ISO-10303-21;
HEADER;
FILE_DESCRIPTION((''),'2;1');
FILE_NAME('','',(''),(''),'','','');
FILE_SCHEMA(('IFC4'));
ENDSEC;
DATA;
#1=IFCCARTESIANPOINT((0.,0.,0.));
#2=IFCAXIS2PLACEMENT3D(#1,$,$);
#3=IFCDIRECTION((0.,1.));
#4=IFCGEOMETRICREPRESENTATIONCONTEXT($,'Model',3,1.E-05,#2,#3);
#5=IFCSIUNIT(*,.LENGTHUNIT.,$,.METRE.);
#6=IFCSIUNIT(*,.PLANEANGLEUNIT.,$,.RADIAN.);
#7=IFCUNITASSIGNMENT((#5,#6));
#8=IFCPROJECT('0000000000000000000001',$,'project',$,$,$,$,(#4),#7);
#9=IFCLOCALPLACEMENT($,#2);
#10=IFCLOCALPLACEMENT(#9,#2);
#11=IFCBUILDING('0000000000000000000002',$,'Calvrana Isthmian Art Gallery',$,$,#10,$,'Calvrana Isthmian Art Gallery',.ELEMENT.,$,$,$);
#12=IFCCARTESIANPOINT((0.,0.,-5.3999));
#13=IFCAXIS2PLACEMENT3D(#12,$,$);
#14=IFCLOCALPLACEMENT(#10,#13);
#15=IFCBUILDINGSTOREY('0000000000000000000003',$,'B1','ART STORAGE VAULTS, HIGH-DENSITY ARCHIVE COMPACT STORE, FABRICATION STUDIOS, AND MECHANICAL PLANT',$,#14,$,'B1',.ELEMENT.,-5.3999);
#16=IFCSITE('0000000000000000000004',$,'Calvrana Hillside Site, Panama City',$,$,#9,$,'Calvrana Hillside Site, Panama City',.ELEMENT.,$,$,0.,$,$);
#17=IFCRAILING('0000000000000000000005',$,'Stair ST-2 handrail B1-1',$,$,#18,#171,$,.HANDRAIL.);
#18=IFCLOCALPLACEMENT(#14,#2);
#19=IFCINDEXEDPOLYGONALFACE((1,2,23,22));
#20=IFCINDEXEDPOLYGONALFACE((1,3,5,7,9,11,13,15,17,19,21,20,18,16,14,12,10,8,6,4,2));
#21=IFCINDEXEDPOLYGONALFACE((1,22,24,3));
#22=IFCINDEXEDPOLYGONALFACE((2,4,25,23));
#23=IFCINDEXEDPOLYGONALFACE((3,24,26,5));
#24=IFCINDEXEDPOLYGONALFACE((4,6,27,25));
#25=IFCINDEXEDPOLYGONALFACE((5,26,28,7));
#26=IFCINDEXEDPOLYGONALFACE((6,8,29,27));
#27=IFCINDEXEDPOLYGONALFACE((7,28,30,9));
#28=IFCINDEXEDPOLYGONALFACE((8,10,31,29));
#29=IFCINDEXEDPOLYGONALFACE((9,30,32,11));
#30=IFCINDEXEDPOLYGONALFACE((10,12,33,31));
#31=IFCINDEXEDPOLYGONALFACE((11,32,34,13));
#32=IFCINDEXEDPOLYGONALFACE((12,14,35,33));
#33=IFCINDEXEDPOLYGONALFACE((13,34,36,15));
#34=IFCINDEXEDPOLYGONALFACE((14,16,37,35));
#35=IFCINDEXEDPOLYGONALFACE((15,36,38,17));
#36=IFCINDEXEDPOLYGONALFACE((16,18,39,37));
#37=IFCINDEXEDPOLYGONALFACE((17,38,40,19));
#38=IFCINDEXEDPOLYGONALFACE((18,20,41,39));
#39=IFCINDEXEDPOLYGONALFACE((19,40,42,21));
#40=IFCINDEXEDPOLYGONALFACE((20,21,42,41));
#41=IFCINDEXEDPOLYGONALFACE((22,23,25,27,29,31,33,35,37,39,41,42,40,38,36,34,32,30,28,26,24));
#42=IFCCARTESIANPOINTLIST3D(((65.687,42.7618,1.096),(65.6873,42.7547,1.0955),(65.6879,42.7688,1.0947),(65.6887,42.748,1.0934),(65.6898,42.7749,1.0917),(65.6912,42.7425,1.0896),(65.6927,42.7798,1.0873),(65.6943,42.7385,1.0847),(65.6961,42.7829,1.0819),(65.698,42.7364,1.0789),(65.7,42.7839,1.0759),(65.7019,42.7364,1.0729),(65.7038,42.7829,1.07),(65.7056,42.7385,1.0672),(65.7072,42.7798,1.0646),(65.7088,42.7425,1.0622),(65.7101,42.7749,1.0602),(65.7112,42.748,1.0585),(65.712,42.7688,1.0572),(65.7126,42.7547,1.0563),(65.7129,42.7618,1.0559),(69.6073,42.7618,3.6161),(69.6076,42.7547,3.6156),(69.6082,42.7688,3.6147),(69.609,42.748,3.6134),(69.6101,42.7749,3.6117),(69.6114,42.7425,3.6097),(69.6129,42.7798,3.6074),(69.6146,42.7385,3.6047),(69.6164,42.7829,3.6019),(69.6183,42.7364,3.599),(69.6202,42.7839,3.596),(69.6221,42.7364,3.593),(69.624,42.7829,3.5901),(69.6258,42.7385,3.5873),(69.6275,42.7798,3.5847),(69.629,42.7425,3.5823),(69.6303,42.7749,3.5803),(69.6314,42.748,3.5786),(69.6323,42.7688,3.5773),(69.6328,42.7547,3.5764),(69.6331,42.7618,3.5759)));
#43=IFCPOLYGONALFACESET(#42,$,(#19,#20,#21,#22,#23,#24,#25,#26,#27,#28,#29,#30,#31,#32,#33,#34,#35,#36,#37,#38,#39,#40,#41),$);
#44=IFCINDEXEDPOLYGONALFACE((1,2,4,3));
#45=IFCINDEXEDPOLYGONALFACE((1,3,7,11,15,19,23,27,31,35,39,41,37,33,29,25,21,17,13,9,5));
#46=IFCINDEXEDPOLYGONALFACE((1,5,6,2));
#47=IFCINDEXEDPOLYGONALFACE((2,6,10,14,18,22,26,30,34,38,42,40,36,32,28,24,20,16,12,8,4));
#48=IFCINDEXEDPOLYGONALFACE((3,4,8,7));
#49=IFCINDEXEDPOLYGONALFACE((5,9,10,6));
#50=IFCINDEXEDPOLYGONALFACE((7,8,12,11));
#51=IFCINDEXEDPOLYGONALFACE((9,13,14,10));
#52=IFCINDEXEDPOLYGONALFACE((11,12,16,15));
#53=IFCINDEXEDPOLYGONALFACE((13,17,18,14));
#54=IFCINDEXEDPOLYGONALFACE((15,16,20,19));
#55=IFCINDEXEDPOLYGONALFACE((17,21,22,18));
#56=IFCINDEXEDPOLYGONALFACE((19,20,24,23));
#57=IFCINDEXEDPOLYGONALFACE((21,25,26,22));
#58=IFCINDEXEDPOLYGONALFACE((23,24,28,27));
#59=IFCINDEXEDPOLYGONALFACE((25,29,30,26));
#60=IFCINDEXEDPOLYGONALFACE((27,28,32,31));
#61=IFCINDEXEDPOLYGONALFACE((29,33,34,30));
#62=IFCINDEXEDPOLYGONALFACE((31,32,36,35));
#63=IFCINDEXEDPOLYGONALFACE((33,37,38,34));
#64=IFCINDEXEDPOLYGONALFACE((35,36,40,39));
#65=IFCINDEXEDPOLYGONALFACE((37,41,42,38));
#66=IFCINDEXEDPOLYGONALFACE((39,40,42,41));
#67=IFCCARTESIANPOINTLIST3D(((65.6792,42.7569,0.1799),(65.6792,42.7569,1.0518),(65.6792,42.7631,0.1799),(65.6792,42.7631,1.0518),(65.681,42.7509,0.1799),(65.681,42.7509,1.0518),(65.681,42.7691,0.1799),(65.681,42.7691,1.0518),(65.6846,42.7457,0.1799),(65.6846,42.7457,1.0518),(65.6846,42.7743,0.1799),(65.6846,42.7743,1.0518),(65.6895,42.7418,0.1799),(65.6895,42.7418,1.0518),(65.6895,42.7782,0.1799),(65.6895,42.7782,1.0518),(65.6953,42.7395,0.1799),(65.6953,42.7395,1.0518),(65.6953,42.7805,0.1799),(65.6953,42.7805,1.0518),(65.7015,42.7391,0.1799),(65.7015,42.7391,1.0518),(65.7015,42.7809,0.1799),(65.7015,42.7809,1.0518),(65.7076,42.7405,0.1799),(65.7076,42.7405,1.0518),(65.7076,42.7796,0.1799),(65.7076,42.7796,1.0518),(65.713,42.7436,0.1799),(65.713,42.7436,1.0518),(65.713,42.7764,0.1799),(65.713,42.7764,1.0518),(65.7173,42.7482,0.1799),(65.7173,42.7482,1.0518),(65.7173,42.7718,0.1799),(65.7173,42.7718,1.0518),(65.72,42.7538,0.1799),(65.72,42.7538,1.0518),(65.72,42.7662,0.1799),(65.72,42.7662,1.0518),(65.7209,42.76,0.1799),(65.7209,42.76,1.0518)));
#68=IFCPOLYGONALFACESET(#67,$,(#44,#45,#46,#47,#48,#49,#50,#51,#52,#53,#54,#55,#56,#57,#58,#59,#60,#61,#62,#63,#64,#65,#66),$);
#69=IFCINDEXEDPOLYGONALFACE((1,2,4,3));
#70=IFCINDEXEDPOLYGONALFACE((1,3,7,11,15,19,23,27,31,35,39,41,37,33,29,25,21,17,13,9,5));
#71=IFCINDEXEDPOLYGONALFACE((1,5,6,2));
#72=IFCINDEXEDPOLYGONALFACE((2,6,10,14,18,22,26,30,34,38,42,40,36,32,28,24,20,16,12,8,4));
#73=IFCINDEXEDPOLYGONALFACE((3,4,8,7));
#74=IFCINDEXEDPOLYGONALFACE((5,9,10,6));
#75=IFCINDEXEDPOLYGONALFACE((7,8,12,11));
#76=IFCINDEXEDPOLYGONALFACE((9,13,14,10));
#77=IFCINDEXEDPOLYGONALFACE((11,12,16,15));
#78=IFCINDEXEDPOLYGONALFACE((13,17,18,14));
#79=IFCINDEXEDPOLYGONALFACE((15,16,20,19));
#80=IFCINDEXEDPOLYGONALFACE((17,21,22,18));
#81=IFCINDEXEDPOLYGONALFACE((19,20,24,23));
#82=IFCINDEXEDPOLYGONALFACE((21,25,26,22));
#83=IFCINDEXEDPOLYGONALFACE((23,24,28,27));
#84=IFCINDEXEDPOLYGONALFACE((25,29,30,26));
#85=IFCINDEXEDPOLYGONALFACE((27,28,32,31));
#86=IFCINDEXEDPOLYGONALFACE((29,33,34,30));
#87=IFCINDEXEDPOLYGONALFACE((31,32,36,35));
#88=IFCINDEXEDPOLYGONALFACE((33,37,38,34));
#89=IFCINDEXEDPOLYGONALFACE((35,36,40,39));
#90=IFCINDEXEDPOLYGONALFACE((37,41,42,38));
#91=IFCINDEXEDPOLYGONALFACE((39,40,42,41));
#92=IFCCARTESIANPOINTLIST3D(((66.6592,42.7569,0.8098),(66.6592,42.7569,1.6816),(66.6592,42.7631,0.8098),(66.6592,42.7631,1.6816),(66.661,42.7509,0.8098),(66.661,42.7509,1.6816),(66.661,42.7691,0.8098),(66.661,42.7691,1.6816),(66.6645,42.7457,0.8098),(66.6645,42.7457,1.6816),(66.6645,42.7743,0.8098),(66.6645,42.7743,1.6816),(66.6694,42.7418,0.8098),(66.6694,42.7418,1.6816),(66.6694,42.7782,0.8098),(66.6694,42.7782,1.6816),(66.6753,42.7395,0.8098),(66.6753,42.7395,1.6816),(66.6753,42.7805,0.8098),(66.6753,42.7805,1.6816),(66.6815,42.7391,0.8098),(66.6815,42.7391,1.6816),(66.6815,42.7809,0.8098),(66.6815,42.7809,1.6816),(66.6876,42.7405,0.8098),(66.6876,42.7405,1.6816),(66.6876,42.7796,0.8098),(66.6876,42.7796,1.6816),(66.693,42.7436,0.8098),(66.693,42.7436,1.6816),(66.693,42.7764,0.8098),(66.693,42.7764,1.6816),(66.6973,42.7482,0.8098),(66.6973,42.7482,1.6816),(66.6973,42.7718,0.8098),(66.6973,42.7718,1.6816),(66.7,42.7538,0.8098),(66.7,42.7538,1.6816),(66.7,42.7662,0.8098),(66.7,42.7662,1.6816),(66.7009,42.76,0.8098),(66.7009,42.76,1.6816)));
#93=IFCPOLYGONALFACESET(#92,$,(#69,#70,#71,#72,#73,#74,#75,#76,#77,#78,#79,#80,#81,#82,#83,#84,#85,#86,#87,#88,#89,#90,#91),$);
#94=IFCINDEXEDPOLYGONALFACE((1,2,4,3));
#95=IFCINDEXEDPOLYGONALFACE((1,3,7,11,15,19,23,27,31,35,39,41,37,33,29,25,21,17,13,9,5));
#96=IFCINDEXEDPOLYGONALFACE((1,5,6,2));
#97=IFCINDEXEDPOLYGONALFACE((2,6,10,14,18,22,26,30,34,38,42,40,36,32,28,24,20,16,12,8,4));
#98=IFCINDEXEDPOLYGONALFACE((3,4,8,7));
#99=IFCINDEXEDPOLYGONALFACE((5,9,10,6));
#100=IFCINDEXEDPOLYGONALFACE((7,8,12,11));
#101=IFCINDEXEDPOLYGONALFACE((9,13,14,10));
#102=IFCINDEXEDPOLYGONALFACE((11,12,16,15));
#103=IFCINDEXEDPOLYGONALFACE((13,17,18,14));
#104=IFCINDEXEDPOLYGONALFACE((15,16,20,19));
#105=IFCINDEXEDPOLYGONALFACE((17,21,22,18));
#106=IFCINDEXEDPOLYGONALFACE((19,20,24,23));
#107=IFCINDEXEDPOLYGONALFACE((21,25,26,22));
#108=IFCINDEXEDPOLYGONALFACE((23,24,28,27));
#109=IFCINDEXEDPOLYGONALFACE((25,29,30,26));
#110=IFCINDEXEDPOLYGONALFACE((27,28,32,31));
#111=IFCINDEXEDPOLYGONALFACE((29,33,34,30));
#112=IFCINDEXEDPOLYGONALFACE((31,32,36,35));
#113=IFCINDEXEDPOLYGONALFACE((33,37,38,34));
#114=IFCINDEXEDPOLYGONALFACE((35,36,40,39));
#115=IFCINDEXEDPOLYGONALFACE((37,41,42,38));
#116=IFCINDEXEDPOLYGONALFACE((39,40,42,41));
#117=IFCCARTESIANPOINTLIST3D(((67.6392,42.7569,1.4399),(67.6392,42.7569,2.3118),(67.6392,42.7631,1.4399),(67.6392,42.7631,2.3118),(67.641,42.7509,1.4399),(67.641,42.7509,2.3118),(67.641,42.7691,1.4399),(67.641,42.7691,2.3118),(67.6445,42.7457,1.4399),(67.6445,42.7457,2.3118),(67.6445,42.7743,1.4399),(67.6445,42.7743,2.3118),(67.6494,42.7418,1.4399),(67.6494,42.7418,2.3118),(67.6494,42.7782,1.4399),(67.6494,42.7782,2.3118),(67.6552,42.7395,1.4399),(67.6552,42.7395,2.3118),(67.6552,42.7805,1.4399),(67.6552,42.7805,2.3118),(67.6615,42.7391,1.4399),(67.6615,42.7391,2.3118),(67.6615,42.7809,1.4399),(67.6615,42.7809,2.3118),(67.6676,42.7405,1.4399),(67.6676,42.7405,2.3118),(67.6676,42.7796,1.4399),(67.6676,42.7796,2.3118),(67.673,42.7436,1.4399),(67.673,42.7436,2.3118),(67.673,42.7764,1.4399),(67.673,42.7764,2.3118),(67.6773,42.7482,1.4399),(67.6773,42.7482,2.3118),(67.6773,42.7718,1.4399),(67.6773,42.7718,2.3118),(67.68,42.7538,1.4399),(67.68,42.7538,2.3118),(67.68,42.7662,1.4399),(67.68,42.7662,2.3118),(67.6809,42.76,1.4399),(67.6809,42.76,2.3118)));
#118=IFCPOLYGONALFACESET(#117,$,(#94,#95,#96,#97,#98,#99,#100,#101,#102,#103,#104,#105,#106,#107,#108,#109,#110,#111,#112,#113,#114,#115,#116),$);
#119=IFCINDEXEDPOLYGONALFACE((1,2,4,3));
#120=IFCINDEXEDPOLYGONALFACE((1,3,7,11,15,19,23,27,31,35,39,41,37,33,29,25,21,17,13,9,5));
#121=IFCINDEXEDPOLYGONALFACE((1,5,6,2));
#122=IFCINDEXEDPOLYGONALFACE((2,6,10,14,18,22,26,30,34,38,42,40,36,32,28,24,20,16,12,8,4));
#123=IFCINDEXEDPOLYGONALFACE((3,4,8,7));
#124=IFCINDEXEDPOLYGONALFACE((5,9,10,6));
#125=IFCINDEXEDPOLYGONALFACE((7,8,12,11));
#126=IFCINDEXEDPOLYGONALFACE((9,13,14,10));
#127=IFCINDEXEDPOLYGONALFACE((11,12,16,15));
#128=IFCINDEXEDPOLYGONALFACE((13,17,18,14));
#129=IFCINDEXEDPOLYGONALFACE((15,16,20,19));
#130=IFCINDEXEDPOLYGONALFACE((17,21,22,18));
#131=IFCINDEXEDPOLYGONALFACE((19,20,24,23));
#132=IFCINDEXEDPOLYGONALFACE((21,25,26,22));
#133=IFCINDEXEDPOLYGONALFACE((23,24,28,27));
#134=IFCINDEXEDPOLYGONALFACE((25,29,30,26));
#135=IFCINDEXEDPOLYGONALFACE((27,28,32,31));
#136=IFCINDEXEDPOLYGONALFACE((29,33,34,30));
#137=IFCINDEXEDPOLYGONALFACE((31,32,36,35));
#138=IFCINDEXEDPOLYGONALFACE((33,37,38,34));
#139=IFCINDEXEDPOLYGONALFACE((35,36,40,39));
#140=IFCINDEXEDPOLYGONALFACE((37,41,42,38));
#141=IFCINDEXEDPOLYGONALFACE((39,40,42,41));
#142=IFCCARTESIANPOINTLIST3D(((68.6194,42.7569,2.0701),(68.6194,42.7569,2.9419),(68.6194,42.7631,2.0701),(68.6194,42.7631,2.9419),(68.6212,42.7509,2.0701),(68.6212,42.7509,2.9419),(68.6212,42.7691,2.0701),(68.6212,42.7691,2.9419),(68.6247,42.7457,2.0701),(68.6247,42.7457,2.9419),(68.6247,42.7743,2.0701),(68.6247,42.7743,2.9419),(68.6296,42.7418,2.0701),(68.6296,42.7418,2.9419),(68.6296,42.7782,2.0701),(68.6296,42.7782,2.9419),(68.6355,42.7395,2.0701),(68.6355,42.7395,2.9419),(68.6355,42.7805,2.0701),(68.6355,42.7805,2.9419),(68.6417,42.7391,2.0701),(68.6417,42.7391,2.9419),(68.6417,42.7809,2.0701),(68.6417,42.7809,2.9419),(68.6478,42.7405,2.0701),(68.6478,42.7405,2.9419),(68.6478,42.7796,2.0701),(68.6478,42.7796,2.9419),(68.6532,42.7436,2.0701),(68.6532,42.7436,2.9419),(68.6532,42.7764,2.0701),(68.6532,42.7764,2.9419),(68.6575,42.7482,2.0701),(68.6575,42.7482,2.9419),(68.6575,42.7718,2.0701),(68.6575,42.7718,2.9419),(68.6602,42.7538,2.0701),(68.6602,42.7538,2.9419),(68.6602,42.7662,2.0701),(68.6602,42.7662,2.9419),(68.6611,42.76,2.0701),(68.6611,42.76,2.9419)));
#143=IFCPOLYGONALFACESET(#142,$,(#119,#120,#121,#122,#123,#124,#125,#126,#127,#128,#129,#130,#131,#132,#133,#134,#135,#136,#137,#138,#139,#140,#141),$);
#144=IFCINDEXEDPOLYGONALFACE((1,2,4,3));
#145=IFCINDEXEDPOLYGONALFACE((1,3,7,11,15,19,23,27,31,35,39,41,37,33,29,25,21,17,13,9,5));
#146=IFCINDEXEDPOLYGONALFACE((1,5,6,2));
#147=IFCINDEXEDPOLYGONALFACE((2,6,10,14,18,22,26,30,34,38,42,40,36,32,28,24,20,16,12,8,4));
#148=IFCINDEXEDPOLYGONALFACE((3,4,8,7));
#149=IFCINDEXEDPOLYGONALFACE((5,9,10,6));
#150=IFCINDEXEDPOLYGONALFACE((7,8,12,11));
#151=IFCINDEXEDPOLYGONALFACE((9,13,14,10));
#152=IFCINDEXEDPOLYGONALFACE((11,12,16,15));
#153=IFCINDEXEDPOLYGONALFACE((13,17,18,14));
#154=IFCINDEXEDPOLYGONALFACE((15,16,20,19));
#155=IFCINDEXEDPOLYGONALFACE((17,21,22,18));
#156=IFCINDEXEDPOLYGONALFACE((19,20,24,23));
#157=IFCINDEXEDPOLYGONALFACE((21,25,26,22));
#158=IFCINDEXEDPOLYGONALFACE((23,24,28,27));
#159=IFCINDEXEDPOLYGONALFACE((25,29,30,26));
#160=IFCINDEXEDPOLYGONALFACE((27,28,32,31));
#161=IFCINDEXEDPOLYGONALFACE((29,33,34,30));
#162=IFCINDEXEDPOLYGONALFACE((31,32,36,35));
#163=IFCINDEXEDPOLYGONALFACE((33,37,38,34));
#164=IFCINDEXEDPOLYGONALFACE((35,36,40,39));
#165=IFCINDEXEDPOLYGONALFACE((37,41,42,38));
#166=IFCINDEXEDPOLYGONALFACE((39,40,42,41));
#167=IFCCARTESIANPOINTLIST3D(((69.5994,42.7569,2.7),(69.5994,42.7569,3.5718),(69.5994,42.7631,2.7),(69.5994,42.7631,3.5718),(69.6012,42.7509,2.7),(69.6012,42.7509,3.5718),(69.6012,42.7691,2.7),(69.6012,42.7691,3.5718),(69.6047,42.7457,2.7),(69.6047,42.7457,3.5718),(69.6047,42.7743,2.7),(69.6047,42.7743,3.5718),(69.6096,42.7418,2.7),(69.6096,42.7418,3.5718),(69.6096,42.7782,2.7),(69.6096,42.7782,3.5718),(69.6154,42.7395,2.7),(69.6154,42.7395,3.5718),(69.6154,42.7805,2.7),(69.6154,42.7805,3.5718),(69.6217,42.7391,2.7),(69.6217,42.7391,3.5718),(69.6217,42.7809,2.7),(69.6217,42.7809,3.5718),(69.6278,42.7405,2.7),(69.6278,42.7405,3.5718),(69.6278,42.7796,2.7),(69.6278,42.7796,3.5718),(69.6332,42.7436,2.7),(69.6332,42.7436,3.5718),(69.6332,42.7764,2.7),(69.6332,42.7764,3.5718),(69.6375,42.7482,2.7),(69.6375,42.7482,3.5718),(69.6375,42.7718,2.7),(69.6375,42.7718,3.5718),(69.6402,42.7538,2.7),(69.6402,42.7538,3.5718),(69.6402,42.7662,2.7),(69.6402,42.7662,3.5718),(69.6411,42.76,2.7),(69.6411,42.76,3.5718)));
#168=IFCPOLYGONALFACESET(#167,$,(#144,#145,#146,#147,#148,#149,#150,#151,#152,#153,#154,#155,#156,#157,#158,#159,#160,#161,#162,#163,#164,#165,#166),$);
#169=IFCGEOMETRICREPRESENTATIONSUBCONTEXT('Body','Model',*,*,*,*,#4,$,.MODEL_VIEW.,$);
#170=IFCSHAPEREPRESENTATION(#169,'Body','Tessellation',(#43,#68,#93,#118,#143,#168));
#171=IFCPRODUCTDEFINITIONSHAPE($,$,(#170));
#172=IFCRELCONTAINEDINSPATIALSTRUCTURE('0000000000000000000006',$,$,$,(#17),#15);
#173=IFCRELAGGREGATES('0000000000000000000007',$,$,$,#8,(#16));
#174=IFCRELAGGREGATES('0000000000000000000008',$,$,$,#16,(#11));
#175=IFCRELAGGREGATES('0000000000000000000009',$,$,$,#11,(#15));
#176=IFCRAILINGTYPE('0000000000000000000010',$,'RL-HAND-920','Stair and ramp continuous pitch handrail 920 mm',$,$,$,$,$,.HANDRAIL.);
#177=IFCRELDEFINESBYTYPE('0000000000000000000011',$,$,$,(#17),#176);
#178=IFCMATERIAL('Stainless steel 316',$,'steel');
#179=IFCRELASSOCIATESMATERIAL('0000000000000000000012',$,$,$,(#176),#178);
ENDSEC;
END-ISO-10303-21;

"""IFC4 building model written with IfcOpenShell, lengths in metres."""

from ifc_helpers import new_model, si_unit, direction, frame, origin, origin_2d, place, context, subcontext, project, spatial, circle, extrude, material, type_object, element, save


model = new_model("IFC4")

# Units and contexts
model_context = context("Model", 3, precision=1e-05, world=origin(), true_north=direction((0.0, 1.0)))
body_context = subcontext(model_context, "Body", "Model", "MODEL_VIEW")
ifc_project = project(units=[si_unit("LENGTHUNIT", "METRE"), si_unit("PLANEANGLEUNIT", "RADIAN")], contexts=[model_context])

# Site, building, storey
site_placement = place(None, origin())
site = spatial("IfcSite", under=ifc_project, at=site_placement, Name="Calvrana Hillside Site, Panama City", LongName="Calvrana Hillside Site, Panama City", CompositionType="ELEMENT", RefElevation=0.0)
building_placement = place(site_placement, origin())
building = spatial("IfcBuilding", under=site, at=building_placement, Name="Calvrana Isthmian Art Gallery", LongName="Calvrana Isthmian Art Gallery", CompositionType="ELEMENT")
storey_placement = place(building_placement, frame((0.0, 0.0, -5.3999)))
storey = spatial("IfcBuildingStorey", under=building, at=storey_placement, Name="B1", Description="ART STORAGE VAULTS, HIGH-DENSITY ARCHIVE COMPACT STORE, FABRICATION STUDIOS, AND MECHANICAL PLANT", LongName="B1", CompositionType="ELEMENT", Elevation=-5.3999)

# Railing
ifc_material_1 = material(Name="Stainless steel 316", Category="steel")
railing_type_1 = type_object("IfcRailingType", Name="RL-HAND-920", Description="Stair and ramp continuous pitch handrail 920 mm", PredefinedType="HANDRAIL", material=ifc_material_1)
railing_1_placement = place(storey_placement, frame((65.7, 42.76, 0.1799)))
element("IfcRailing", 1, at=railing_1_placement, inside=storey, type_object=railing_type_1, Name="Stair ST-2 handrail B1-1", PredefinedType="HANDRAIL", context=body_context, shape_type="SweptSolid", body=[
    extrude(circle(Radius=0.0239, at=origin_2d()), frame((0.0, 0.0, 0.896), z_axis=(0.841187, 0.0, 0.540744), x_axis=(0.0, 1.0, 0.0)), (0.0, 0.0, 1.0), 4.6604),
    extrude(circle(Radius=0.021, at=origin_2d()), origin(), (0.0, 0.0, 1.0), 0.8718),
    extrude(circle(Radius=0.021, at=origin_2d()), frame((0.98, 0.0, 0.6299)), (0.0, 0.0, 1.0), 0.8718),
    extrude(circle(Radius=0.021, at=origin_2d()), frame((1.96, 0.0, 1.26)), (0.0, 0.0, 1.0), 0.8718),
    extrude(circle(Radius=0.021, at=origin_2d()), frame((2.9402, 0.0, 1.8901)), (0.0, 0.0, 1.0), 0.8718),
    extrude(circle(Radius=0.021, at=origin_2d()), frame((3.9202, 0.0, 2.52)), (0.0, 0.0, 1.0), 0.8718),
])

save(model, "model.ifc")
